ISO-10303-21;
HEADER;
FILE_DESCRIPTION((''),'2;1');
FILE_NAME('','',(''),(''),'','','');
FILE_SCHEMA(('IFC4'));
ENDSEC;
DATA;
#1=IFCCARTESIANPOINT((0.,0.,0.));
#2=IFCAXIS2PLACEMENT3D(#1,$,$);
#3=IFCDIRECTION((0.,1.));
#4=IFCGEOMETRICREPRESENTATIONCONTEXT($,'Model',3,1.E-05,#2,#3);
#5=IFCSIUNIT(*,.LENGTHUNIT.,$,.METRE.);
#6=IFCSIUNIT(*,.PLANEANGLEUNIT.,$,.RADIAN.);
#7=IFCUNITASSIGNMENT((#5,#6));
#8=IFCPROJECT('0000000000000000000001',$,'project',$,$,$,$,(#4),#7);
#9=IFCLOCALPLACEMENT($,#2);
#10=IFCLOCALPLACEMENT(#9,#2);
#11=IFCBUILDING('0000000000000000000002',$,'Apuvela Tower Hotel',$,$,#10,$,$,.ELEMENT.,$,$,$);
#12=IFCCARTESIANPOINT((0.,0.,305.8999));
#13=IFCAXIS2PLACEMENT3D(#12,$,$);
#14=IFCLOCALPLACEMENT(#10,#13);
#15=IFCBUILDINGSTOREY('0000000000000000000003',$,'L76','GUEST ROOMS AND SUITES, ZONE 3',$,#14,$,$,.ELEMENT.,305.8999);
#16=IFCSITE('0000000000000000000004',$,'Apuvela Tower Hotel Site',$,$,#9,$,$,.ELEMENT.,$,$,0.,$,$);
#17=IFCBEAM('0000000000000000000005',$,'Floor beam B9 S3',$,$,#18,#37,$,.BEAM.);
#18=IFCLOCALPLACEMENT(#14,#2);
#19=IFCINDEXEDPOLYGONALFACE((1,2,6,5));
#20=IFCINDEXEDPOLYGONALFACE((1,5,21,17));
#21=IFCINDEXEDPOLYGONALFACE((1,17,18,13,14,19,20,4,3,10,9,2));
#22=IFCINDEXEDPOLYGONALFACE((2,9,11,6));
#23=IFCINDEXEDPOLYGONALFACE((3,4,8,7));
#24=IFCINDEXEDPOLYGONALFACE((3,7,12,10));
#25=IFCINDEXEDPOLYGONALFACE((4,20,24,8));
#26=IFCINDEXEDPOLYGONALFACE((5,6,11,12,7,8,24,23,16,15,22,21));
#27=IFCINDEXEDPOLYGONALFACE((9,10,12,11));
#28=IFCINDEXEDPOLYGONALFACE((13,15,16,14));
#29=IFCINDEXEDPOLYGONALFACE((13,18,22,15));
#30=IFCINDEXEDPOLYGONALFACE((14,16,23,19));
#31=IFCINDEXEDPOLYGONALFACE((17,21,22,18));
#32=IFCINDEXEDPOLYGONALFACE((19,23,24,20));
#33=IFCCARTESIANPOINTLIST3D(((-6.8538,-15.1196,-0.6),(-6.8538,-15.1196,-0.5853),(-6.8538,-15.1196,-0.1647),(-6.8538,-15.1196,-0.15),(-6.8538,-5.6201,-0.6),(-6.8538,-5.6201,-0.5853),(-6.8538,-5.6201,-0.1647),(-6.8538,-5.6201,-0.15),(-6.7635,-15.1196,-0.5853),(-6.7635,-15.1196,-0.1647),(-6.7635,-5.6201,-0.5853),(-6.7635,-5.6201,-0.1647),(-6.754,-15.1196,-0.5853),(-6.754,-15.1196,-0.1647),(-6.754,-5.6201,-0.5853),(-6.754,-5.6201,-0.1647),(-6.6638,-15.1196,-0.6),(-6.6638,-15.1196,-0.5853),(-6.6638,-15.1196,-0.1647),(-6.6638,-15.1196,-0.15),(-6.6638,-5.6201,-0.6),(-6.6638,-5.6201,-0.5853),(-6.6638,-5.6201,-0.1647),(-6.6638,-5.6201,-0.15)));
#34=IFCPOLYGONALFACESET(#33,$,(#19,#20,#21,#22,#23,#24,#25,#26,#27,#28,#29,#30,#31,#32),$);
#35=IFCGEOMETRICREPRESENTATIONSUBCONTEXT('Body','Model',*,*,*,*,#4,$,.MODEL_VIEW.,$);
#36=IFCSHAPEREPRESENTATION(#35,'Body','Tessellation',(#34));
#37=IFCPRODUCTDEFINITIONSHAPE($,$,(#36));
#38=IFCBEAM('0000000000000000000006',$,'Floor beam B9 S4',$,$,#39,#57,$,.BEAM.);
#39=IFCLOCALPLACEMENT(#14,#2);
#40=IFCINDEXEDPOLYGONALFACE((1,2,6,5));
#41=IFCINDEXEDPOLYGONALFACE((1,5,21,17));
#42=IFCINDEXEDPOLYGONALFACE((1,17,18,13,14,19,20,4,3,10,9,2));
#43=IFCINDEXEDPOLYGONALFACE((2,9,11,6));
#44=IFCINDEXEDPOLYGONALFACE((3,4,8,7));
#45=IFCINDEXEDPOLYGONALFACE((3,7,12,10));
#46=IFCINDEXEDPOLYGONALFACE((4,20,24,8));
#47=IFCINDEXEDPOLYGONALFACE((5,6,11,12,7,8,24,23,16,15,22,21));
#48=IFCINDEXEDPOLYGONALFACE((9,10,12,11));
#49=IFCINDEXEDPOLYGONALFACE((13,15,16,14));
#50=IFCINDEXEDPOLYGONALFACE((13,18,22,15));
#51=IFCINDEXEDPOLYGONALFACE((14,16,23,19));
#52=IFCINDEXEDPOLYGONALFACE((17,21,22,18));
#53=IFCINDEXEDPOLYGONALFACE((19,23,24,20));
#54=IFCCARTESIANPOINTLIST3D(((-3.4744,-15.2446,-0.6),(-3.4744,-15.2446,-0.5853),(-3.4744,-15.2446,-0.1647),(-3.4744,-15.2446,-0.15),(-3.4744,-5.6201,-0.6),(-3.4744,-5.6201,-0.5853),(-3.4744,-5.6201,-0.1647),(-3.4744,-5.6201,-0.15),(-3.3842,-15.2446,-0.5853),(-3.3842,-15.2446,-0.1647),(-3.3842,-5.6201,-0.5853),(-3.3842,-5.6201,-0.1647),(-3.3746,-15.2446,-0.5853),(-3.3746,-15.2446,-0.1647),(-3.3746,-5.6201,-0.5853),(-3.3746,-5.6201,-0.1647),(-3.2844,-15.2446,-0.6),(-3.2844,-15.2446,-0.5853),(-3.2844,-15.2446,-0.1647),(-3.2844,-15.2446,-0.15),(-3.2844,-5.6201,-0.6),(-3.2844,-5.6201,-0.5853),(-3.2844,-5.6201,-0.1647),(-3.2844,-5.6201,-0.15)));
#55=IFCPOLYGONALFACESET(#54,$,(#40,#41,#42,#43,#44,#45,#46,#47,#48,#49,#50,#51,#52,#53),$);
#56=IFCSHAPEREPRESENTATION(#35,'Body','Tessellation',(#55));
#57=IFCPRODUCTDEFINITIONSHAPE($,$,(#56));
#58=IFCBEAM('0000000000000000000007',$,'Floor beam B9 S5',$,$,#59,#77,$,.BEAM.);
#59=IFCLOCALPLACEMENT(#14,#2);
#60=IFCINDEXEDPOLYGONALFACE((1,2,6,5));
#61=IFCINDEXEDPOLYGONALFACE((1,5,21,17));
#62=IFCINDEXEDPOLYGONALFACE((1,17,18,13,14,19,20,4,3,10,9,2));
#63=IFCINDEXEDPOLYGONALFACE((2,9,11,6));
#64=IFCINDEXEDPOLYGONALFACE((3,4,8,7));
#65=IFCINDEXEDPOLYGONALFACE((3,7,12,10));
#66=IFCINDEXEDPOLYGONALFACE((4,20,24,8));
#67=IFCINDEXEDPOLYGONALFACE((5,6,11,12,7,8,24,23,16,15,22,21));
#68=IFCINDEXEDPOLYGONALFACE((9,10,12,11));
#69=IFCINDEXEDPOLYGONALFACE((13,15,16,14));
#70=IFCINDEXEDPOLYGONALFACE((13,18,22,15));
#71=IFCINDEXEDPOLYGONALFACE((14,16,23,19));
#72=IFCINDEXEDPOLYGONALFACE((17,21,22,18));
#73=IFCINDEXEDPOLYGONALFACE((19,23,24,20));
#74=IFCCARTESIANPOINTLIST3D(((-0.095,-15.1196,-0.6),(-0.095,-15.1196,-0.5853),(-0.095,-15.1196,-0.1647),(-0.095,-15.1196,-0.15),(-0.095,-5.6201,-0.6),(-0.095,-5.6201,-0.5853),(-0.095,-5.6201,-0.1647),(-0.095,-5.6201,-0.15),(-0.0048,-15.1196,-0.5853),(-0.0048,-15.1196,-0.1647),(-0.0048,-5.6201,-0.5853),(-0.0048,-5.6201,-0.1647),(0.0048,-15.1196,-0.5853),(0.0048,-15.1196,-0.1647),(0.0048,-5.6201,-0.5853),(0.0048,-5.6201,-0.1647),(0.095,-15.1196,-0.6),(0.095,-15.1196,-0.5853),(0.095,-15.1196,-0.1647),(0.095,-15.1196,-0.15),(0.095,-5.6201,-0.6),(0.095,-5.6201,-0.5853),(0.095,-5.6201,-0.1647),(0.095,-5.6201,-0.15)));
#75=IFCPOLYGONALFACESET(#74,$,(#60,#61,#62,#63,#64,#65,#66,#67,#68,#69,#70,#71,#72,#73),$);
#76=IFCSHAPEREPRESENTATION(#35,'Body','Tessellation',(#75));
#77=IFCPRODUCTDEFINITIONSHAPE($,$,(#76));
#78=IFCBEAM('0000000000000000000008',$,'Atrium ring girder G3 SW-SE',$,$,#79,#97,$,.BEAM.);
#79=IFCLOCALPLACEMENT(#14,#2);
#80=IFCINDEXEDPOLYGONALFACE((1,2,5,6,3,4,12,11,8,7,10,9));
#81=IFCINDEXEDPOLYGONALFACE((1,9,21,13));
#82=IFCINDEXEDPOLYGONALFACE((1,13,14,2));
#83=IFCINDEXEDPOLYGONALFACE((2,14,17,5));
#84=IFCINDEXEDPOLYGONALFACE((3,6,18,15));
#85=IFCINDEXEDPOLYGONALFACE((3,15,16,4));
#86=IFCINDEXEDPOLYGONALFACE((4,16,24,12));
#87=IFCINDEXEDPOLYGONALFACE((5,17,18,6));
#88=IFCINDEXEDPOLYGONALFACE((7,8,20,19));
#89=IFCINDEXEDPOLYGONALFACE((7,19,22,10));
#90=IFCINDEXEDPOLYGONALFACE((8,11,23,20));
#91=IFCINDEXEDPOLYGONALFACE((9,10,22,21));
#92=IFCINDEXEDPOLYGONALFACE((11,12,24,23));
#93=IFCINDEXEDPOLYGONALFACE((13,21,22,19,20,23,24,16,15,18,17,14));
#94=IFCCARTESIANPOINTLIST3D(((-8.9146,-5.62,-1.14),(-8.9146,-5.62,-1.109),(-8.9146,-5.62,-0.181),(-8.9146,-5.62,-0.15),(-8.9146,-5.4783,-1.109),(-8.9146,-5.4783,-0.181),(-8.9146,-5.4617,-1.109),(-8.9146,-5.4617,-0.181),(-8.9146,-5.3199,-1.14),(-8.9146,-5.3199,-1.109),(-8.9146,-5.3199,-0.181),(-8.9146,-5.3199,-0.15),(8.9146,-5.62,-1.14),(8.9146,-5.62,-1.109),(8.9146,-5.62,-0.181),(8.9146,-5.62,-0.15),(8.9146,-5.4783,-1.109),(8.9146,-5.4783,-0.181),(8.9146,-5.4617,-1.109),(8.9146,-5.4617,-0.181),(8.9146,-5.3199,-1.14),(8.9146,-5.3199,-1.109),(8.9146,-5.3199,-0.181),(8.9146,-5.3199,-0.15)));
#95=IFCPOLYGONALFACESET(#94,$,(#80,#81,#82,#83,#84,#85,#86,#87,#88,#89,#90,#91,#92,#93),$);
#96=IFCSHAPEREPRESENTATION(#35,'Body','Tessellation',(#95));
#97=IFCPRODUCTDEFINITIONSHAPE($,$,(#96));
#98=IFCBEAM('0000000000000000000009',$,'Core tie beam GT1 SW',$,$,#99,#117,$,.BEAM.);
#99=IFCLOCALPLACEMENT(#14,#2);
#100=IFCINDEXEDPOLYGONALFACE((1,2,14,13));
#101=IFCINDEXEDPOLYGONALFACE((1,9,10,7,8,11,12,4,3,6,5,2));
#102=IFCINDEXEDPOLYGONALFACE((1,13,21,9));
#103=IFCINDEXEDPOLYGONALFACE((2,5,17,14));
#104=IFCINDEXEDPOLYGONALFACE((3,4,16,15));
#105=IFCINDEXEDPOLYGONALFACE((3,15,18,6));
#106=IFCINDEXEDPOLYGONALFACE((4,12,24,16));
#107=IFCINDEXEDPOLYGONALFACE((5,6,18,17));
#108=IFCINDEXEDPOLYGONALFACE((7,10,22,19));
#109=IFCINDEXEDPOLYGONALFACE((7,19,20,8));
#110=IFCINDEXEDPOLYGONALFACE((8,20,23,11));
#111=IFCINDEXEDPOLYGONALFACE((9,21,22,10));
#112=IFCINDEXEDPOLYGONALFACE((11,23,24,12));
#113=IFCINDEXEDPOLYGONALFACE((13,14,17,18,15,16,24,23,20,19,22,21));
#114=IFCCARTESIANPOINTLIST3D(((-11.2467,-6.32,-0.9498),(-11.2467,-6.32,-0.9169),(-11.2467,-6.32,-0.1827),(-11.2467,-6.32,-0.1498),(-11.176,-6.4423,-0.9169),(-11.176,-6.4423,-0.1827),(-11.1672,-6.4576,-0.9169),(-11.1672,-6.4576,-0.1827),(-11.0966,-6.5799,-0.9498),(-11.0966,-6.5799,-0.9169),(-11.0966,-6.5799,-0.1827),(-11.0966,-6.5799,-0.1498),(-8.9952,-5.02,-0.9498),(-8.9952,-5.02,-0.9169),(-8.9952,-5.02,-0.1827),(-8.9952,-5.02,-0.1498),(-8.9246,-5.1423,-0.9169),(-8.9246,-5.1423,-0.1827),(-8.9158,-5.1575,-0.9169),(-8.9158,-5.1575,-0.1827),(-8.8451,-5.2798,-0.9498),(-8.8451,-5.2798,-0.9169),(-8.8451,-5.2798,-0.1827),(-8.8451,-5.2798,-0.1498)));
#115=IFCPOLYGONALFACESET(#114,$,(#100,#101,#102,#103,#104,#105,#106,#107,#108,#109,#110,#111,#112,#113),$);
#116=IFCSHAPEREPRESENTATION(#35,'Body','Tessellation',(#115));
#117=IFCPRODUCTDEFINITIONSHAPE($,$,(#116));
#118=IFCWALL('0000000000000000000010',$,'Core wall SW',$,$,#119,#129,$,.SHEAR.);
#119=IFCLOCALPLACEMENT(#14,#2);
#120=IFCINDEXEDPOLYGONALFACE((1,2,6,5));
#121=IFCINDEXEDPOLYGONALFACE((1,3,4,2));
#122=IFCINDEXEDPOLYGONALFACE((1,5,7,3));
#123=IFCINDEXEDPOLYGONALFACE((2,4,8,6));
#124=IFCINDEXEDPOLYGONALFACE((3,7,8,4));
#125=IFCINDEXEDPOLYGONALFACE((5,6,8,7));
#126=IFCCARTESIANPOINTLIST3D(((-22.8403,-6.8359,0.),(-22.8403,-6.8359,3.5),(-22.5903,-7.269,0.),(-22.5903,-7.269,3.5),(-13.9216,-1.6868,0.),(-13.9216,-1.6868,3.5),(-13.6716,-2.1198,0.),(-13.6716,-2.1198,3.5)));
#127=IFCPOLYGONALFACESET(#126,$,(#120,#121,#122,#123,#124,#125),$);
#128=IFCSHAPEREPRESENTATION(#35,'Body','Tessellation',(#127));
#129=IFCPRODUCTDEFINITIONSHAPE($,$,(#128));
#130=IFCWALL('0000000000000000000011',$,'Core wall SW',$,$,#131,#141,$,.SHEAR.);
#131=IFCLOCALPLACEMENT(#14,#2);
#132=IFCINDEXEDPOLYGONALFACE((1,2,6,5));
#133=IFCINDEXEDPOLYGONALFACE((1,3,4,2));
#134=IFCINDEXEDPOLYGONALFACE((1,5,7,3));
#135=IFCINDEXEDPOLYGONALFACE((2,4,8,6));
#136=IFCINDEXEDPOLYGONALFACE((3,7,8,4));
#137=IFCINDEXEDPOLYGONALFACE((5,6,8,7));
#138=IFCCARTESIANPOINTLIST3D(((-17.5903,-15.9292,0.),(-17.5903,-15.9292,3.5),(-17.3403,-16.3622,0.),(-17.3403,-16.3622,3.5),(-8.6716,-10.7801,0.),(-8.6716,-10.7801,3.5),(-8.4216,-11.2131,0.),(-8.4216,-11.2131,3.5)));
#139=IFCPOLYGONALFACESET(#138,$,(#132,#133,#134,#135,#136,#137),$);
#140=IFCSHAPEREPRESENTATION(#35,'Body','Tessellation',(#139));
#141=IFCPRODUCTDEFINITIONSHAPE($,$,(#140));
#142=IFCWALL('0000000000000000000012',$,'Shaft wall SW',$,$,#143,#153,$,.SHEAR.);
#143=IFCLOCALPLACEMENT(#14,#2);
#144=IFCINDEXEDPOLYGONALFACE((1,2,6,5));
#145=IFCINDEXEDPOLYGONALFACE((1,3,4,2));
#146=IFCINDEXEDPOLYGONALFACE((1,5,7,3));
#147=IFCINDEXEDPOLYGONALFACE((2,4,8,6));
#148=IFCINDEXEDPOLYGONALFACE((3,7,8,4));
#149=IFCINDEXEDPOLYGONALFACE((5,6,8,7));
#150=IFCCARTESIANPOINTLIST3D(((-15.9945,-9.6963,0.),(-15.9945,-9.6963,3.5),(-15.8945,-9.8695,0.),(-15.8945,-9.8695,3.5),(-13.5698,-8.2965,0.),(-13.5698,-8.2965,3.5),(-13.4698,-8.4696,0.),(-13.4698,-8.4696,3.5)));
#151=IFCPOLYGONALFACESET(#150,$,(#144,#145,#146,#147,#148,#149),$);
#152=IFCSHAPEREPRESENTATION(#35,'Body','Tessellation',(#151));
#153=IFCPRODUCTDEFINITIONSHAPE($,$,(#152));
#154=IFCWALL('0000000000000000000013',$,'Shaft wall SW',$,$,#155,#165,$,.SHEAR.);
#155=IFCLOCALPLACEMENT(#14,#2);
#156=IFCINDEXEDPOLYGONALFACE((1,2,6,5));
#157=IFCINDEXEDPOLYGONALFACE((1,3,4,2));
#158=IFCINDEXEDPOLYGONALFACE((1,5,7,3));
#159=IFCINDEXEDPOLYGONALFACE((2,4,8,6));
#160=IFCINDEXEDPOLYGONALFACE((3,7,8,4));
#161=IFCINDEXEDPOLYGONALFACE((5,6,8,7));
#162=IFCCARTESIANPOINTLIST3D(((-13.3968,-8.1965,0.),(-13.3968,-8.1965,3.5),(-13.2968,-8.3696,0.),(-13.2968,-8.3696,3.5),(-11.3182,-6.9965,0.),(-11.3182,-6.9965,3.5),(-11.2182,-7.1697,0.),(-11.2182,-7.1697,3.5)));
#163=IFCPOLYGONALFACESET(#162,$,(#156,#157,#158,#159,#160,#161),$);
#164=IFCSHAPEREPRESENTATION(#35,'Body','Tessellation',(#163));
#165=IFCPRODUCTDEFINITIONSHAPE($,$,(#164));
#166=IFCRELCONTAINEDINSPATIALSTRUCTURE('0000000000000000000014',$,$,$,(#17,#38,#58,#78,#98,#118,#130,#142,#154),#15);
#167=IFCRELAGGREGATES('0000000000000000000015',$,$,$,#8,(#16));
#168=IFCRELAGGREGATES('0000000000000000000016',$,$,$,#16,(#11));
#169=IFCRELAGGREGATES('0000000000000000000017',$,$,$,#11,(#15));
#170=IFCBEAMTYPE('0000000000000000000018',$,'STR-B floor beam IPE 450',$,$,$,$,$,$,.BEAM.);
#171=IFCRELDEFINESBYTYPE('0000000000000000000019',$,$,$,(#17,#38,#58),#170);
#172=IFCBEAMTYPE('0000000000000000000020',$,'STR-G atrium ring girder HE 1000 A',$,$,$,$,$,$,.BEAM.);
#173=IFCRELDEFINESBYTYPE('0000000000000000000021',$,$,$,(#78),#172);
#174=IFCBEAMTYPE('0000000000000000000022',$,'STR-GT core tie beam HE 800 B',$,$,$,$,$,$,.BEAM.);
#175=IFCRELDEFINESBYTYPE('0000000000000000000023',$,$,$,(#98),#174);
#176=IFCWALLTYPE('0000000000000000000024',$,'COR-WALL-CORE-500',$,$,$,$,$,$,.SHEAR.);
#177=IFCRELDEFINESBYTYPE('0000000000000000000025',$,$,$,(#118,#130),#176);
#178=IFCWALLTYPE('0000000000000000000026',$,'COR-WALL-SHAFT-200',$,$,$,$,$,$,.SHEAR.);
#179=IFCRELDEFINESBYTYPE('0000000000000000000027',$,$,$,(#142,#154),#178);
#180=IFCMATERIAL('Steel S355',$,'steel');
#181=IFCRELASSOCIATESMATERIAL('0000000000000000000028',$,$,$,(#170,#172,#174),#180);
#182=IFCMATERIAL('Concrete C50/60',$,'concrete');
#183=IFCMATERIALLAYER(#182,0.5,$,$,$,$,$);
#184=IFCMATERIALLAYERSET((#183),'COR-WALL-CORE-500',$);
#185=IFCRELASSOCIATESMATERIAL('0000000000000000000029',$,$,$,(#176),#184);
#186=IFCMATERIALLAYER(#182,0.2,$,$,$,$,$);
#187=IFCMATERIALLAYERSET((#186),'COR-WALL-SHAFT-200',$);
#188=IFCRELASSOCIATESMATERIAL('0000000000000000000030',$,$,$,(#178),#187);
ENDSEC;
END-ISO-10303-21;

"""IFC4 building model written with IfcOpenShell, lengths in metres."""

from ifc_helpers import new_model, si_unit, direction, frame, frame_2d, origin, origin_2d, place, context, subcontext, project, spatial, rectangle, i_section, extrude, material, layer, layer_set, material_profile, profile_set, type_object, element, save


model = new_model("IFC4")

# Units and contexts
model_context = context("Model", 3, precision=1e-05, world=origin(), true_north=direction((0.0, 1.0)))
body_context = subcontext(model_context, "Body", "Model", "MODEL_VIEW")
ifc_project = project(units=[si_unit("LENGTHUNIT", "METRE"), si_unit("PLANEANGLEUNIT", "RADIAN")], contexts=[model_context])

# Site, building, storey
site_placement = place(None, origin())
site = spatial("IfcSite", under=ifc_project, at=site_placement, Name="Apuvela Tower Hotel Site", CompositionType="ELEMENT", RefElevation=0.0)
building_placement = place(site_placement, origin())
building = spatial("IfcBuilding", under=site, at=building_placement, Name="Apuvela Tower Hotel", CompositionType="ELEMENT")
storey_placement = place(building_placement, frame((0.0, 0.0, 305.8999)))
storey = spatial("IfcBuildingStorey", under=building, at=storey_placement, Name="L76", Description="GUEST ROOMS AND SUITES, ZONE 3", CompositionType="ELEMENT", Elevation=305.8999)

# Beams
ifc_material_1 = material(Name="Steel S355", Category="steel")
ifc_material_profile_1 = material_profile(ifc_material_1, i_section(OverallWidth=0.1899, OverallDepth=0.45, WebThickness=0.0095, FlangeThickness=0.0146, at=origin_2d()), Name="IPE 450")
ifc_profile_set_1 = profile_set([ifc_material_profile_1], Name="Steel S355")
beam_type_1 = type_object("IfcBeamType", Name="STR-B floor beam IPE 450", PredefinedType="BEAM", material=ifc_profile_set_1)
beam_1_placement = place(storey_placement, frame((-6.7588, -15.1196, -0.375), z_axis=(0.0, 1.0, 0.0), x_axis=(-1.0, 0.0, 0.0)))
element("IfcBeam", 1, at=beam_1_placement, inside=storey, type_object=beam_type_1, Name="Floor beam B9 S3", PredefinedType="BEAM", context=body_context, shape_type="SweptSolid", body=[
    extrude(i_section(OverallWidth=0.1899, OverallDepth=0.45, WebThickness=0.0095, FlangeThickness=0.0146, at=origin_2d()), origin(), (0.0, 0.0, 1.0), 9.4995),
])
beam_2_placement = place(storey_placement, frame((-3.3794, -15.2446, -0.375), z_axis=(0.0, 1.0, 0.0), x_axis=(-1.0, 0.0, 0.0)))
element("IfcBeam", 2, at=beam_2_placement, inside=storey, type_object=beam_type_1, Name="Floor beam B9 S4", PredefinedType="BEAM", context=body_context, shape_type="SweptSolid", body=[
    extrude(i_section(OverallWidth=0.1899, OverallDepth=0.45, WebThickness=0.0095, FlangeThickness=0.0146, at=origin_2d()), origin(), (0.0, 0.0, 1.0), 9.6245),
])
beam_3_placement = place(storey_placement, frame((0.0, -15.1196, -0.375), z_axis=(0.0, 1.0, 0.0), x_axis=(-1.0, 0.0, 0.0)))
element("IfcBeam", 3, at=beam_3_placement, inside=storey, type_object=beam_type_1, Name="Floor beam B9 S5", PredefinedType="BEAM", context=body_context, shape_type="SweptSolid", body=[
    extrude(i_section(OverallWidth=0.1899, OverallDepth=0.45, WebThickness=0.0095, FlangeThickness=0.0146, at=origin_2d()), origin(), (0.0, 0.0, 1.0), 9.4995),
])
ifc_material_profile_2 = material_profile(ifc_material_1, i_section(OverallWidth=0.3, OverallDepth=0.99, WebThickness=0.0166, FlangeThickness=0.031, at=origin_2d()), Name="HE 1000 A")
ifc_profile_set_2 = profile_set([ifc_material_profile_2], Name="Steel S355")
beam_type_2 = type_object("IfcBeamType", Name="STR-G atrium ring girder HE 1000 A", PredefinedType="BEAM", material=ifc_profile_set_2)
beam_4_placement = place(storey_placement, frame((-8.9146, -5.47, -0.645), z_axis=(1.0, 0.0, 0.0), x_axis=(0.0, 1.0, 0.0)))
element("IfcBeam", 4, at=beam_4_placement, inside=storey, type_object=beam_type_2, Name="Atrium ring girder G3 SW-SE", PredefinedType="BEAM", context=body_context, shape_type="SweptSolid", body=[
    extrude(i_section(OverallWidth=0.3, OverallDepth=0.99, WebThickness=0.0166, FlangeThickness=0.031, at=origin_2d()), origin(), (0.0, 0.0, 1.0), 17.8291),
])
ifc_material_profile_3 = material_profile(ifc_material_1, i_section(OverallWidth=0.3, OverallDepth=0.8, WebThickness=0.0176, FlangeThickness=0.033, at=origin_2d()), Name="HE 800 B")
ifc_profile_set_3 = profile_set([ifc_material_profile_3], Name="Steel S355")
beam_type_3 = type_object("IfcBeamType", Name="STR-GT core tie beam HE 800 B", PredefinedType="BEAM", material=ifc_profile_set_3)
beam_5_placement = place(storey_placement, frame((-11.1716, -6.45, -0.5498), z_axis=(0.865998, 0.500048, 0.0), x_axis=(-0.500048, 0.865998, 0.0)))
element("IfcBeam", 5, at=beam_5_placement, inside=storey, type_object=beam_type_3, Name="Core tie beam GT1 SW", PredefinedType="BEAM", context=body_context, shape_type="SweptSolid", body=[
    extrude(i_section(OverallWidth=0.3, OverallDepth=0.8, WebThickness=0.0176, FlangeThickness=0.033, at=origin_2d()), origin(), (0.0, 0.0, 1.0), 2.5999),
])

# Walls
ifc_material_2 = material(Name="Concrete C50/60", Category="concrete")
ifc_layer_1 = layer(ifc_material_2, 0.5)
ifc_layer_set_1 = layer_set([ifc_layer_1], Name="COR-WALL-CORE-500")
wall_type_1 = type_object("IfcWallType", Name="COR-WALL-CORE-500", PredefinedType="SHEAR", material=ifc_layer_set_1)
for number, where, z_axis, x_axis, name in (
    (6, (-13.7966, -1.9033, 0.0), (0.0, 0.0, 1.0), (-0.866027, -0.499997, 0.0), "Core wall SW"),
    (7, (-8.5466, -10.9966, 0.0), (0.0, 0.0, 1.0), (-0.866027, -0.499997, 0.0), "Core wall SW"),
):
    element("IfcWall", number, at=place(storey_placement, frame(where, z_axis=z_axis, x_axis=x_axis)), inside=storey, type_object=wall_type_1, Name=name, PredefinedType="SHEAR", context=body_context, shape_type="SweptSolid", body=[
        extrude(rectangle(XDim=10.2983, YDim=0.5, at=frame_2d((5.1492, 0.0))), origin(), (0.0, 0.0, 1.0), 3.5),
    ])
ifc_layer_2 = layer(ifc_material_2, 0.2)
ifc_layer_set_2 = layer_set([ifc_layer_2], Name="COR-WALL-SHAFT-200")
wall_type_2 = type_object("IfcWallType", Name="COR-WALL-SHAFT-200", PredefinedType="SHEAR", material=ifc_layer_set_2)
wall_1_placement = place(storey_placement, frame((-13.5198, -8.3831, 0.0), z_axis=(0.0, 0.0, 1.0), x_axis=(-0.866035, -0.499984, 0.0)))
element("IfcWall", 8, at=wall_1_placement, inside=storey, type_object=wall_type_2, Name="Shaft wall SW", PredefinedType="SHEAR", context=body_context, shape_type="SweptSolid", body=[
    extrude(rectangle(XDim=2.7998, YDim=0.2, at=frame_2d((1.3999, 0.0))), origin(), (0.0, 0.0, 1.0), 3.5),
])
wall_2_placement = place(storey_placement, frame((-11.2681, -7.083, 0.0), z_axis=(0.0, 0.0, 1.0), x_axis=(-0.86605, -0.499957, 0.0)))
element("IfcWall", 9, at=wall_2_placement, inside=storey, type_object=wall_type_2, Name="Shaft wall SW", PredefinedType="SHEAR", context=body_context, shape_type="SweptSolid", body=[
    extrude(rectangle(XDim=2.4001, YDim=0.2, at=frame_2d((1.2002, 0.0))), origin(), (0.0, 0.0, 1.0), 3.5),
])

save(model, "model.ifc")
